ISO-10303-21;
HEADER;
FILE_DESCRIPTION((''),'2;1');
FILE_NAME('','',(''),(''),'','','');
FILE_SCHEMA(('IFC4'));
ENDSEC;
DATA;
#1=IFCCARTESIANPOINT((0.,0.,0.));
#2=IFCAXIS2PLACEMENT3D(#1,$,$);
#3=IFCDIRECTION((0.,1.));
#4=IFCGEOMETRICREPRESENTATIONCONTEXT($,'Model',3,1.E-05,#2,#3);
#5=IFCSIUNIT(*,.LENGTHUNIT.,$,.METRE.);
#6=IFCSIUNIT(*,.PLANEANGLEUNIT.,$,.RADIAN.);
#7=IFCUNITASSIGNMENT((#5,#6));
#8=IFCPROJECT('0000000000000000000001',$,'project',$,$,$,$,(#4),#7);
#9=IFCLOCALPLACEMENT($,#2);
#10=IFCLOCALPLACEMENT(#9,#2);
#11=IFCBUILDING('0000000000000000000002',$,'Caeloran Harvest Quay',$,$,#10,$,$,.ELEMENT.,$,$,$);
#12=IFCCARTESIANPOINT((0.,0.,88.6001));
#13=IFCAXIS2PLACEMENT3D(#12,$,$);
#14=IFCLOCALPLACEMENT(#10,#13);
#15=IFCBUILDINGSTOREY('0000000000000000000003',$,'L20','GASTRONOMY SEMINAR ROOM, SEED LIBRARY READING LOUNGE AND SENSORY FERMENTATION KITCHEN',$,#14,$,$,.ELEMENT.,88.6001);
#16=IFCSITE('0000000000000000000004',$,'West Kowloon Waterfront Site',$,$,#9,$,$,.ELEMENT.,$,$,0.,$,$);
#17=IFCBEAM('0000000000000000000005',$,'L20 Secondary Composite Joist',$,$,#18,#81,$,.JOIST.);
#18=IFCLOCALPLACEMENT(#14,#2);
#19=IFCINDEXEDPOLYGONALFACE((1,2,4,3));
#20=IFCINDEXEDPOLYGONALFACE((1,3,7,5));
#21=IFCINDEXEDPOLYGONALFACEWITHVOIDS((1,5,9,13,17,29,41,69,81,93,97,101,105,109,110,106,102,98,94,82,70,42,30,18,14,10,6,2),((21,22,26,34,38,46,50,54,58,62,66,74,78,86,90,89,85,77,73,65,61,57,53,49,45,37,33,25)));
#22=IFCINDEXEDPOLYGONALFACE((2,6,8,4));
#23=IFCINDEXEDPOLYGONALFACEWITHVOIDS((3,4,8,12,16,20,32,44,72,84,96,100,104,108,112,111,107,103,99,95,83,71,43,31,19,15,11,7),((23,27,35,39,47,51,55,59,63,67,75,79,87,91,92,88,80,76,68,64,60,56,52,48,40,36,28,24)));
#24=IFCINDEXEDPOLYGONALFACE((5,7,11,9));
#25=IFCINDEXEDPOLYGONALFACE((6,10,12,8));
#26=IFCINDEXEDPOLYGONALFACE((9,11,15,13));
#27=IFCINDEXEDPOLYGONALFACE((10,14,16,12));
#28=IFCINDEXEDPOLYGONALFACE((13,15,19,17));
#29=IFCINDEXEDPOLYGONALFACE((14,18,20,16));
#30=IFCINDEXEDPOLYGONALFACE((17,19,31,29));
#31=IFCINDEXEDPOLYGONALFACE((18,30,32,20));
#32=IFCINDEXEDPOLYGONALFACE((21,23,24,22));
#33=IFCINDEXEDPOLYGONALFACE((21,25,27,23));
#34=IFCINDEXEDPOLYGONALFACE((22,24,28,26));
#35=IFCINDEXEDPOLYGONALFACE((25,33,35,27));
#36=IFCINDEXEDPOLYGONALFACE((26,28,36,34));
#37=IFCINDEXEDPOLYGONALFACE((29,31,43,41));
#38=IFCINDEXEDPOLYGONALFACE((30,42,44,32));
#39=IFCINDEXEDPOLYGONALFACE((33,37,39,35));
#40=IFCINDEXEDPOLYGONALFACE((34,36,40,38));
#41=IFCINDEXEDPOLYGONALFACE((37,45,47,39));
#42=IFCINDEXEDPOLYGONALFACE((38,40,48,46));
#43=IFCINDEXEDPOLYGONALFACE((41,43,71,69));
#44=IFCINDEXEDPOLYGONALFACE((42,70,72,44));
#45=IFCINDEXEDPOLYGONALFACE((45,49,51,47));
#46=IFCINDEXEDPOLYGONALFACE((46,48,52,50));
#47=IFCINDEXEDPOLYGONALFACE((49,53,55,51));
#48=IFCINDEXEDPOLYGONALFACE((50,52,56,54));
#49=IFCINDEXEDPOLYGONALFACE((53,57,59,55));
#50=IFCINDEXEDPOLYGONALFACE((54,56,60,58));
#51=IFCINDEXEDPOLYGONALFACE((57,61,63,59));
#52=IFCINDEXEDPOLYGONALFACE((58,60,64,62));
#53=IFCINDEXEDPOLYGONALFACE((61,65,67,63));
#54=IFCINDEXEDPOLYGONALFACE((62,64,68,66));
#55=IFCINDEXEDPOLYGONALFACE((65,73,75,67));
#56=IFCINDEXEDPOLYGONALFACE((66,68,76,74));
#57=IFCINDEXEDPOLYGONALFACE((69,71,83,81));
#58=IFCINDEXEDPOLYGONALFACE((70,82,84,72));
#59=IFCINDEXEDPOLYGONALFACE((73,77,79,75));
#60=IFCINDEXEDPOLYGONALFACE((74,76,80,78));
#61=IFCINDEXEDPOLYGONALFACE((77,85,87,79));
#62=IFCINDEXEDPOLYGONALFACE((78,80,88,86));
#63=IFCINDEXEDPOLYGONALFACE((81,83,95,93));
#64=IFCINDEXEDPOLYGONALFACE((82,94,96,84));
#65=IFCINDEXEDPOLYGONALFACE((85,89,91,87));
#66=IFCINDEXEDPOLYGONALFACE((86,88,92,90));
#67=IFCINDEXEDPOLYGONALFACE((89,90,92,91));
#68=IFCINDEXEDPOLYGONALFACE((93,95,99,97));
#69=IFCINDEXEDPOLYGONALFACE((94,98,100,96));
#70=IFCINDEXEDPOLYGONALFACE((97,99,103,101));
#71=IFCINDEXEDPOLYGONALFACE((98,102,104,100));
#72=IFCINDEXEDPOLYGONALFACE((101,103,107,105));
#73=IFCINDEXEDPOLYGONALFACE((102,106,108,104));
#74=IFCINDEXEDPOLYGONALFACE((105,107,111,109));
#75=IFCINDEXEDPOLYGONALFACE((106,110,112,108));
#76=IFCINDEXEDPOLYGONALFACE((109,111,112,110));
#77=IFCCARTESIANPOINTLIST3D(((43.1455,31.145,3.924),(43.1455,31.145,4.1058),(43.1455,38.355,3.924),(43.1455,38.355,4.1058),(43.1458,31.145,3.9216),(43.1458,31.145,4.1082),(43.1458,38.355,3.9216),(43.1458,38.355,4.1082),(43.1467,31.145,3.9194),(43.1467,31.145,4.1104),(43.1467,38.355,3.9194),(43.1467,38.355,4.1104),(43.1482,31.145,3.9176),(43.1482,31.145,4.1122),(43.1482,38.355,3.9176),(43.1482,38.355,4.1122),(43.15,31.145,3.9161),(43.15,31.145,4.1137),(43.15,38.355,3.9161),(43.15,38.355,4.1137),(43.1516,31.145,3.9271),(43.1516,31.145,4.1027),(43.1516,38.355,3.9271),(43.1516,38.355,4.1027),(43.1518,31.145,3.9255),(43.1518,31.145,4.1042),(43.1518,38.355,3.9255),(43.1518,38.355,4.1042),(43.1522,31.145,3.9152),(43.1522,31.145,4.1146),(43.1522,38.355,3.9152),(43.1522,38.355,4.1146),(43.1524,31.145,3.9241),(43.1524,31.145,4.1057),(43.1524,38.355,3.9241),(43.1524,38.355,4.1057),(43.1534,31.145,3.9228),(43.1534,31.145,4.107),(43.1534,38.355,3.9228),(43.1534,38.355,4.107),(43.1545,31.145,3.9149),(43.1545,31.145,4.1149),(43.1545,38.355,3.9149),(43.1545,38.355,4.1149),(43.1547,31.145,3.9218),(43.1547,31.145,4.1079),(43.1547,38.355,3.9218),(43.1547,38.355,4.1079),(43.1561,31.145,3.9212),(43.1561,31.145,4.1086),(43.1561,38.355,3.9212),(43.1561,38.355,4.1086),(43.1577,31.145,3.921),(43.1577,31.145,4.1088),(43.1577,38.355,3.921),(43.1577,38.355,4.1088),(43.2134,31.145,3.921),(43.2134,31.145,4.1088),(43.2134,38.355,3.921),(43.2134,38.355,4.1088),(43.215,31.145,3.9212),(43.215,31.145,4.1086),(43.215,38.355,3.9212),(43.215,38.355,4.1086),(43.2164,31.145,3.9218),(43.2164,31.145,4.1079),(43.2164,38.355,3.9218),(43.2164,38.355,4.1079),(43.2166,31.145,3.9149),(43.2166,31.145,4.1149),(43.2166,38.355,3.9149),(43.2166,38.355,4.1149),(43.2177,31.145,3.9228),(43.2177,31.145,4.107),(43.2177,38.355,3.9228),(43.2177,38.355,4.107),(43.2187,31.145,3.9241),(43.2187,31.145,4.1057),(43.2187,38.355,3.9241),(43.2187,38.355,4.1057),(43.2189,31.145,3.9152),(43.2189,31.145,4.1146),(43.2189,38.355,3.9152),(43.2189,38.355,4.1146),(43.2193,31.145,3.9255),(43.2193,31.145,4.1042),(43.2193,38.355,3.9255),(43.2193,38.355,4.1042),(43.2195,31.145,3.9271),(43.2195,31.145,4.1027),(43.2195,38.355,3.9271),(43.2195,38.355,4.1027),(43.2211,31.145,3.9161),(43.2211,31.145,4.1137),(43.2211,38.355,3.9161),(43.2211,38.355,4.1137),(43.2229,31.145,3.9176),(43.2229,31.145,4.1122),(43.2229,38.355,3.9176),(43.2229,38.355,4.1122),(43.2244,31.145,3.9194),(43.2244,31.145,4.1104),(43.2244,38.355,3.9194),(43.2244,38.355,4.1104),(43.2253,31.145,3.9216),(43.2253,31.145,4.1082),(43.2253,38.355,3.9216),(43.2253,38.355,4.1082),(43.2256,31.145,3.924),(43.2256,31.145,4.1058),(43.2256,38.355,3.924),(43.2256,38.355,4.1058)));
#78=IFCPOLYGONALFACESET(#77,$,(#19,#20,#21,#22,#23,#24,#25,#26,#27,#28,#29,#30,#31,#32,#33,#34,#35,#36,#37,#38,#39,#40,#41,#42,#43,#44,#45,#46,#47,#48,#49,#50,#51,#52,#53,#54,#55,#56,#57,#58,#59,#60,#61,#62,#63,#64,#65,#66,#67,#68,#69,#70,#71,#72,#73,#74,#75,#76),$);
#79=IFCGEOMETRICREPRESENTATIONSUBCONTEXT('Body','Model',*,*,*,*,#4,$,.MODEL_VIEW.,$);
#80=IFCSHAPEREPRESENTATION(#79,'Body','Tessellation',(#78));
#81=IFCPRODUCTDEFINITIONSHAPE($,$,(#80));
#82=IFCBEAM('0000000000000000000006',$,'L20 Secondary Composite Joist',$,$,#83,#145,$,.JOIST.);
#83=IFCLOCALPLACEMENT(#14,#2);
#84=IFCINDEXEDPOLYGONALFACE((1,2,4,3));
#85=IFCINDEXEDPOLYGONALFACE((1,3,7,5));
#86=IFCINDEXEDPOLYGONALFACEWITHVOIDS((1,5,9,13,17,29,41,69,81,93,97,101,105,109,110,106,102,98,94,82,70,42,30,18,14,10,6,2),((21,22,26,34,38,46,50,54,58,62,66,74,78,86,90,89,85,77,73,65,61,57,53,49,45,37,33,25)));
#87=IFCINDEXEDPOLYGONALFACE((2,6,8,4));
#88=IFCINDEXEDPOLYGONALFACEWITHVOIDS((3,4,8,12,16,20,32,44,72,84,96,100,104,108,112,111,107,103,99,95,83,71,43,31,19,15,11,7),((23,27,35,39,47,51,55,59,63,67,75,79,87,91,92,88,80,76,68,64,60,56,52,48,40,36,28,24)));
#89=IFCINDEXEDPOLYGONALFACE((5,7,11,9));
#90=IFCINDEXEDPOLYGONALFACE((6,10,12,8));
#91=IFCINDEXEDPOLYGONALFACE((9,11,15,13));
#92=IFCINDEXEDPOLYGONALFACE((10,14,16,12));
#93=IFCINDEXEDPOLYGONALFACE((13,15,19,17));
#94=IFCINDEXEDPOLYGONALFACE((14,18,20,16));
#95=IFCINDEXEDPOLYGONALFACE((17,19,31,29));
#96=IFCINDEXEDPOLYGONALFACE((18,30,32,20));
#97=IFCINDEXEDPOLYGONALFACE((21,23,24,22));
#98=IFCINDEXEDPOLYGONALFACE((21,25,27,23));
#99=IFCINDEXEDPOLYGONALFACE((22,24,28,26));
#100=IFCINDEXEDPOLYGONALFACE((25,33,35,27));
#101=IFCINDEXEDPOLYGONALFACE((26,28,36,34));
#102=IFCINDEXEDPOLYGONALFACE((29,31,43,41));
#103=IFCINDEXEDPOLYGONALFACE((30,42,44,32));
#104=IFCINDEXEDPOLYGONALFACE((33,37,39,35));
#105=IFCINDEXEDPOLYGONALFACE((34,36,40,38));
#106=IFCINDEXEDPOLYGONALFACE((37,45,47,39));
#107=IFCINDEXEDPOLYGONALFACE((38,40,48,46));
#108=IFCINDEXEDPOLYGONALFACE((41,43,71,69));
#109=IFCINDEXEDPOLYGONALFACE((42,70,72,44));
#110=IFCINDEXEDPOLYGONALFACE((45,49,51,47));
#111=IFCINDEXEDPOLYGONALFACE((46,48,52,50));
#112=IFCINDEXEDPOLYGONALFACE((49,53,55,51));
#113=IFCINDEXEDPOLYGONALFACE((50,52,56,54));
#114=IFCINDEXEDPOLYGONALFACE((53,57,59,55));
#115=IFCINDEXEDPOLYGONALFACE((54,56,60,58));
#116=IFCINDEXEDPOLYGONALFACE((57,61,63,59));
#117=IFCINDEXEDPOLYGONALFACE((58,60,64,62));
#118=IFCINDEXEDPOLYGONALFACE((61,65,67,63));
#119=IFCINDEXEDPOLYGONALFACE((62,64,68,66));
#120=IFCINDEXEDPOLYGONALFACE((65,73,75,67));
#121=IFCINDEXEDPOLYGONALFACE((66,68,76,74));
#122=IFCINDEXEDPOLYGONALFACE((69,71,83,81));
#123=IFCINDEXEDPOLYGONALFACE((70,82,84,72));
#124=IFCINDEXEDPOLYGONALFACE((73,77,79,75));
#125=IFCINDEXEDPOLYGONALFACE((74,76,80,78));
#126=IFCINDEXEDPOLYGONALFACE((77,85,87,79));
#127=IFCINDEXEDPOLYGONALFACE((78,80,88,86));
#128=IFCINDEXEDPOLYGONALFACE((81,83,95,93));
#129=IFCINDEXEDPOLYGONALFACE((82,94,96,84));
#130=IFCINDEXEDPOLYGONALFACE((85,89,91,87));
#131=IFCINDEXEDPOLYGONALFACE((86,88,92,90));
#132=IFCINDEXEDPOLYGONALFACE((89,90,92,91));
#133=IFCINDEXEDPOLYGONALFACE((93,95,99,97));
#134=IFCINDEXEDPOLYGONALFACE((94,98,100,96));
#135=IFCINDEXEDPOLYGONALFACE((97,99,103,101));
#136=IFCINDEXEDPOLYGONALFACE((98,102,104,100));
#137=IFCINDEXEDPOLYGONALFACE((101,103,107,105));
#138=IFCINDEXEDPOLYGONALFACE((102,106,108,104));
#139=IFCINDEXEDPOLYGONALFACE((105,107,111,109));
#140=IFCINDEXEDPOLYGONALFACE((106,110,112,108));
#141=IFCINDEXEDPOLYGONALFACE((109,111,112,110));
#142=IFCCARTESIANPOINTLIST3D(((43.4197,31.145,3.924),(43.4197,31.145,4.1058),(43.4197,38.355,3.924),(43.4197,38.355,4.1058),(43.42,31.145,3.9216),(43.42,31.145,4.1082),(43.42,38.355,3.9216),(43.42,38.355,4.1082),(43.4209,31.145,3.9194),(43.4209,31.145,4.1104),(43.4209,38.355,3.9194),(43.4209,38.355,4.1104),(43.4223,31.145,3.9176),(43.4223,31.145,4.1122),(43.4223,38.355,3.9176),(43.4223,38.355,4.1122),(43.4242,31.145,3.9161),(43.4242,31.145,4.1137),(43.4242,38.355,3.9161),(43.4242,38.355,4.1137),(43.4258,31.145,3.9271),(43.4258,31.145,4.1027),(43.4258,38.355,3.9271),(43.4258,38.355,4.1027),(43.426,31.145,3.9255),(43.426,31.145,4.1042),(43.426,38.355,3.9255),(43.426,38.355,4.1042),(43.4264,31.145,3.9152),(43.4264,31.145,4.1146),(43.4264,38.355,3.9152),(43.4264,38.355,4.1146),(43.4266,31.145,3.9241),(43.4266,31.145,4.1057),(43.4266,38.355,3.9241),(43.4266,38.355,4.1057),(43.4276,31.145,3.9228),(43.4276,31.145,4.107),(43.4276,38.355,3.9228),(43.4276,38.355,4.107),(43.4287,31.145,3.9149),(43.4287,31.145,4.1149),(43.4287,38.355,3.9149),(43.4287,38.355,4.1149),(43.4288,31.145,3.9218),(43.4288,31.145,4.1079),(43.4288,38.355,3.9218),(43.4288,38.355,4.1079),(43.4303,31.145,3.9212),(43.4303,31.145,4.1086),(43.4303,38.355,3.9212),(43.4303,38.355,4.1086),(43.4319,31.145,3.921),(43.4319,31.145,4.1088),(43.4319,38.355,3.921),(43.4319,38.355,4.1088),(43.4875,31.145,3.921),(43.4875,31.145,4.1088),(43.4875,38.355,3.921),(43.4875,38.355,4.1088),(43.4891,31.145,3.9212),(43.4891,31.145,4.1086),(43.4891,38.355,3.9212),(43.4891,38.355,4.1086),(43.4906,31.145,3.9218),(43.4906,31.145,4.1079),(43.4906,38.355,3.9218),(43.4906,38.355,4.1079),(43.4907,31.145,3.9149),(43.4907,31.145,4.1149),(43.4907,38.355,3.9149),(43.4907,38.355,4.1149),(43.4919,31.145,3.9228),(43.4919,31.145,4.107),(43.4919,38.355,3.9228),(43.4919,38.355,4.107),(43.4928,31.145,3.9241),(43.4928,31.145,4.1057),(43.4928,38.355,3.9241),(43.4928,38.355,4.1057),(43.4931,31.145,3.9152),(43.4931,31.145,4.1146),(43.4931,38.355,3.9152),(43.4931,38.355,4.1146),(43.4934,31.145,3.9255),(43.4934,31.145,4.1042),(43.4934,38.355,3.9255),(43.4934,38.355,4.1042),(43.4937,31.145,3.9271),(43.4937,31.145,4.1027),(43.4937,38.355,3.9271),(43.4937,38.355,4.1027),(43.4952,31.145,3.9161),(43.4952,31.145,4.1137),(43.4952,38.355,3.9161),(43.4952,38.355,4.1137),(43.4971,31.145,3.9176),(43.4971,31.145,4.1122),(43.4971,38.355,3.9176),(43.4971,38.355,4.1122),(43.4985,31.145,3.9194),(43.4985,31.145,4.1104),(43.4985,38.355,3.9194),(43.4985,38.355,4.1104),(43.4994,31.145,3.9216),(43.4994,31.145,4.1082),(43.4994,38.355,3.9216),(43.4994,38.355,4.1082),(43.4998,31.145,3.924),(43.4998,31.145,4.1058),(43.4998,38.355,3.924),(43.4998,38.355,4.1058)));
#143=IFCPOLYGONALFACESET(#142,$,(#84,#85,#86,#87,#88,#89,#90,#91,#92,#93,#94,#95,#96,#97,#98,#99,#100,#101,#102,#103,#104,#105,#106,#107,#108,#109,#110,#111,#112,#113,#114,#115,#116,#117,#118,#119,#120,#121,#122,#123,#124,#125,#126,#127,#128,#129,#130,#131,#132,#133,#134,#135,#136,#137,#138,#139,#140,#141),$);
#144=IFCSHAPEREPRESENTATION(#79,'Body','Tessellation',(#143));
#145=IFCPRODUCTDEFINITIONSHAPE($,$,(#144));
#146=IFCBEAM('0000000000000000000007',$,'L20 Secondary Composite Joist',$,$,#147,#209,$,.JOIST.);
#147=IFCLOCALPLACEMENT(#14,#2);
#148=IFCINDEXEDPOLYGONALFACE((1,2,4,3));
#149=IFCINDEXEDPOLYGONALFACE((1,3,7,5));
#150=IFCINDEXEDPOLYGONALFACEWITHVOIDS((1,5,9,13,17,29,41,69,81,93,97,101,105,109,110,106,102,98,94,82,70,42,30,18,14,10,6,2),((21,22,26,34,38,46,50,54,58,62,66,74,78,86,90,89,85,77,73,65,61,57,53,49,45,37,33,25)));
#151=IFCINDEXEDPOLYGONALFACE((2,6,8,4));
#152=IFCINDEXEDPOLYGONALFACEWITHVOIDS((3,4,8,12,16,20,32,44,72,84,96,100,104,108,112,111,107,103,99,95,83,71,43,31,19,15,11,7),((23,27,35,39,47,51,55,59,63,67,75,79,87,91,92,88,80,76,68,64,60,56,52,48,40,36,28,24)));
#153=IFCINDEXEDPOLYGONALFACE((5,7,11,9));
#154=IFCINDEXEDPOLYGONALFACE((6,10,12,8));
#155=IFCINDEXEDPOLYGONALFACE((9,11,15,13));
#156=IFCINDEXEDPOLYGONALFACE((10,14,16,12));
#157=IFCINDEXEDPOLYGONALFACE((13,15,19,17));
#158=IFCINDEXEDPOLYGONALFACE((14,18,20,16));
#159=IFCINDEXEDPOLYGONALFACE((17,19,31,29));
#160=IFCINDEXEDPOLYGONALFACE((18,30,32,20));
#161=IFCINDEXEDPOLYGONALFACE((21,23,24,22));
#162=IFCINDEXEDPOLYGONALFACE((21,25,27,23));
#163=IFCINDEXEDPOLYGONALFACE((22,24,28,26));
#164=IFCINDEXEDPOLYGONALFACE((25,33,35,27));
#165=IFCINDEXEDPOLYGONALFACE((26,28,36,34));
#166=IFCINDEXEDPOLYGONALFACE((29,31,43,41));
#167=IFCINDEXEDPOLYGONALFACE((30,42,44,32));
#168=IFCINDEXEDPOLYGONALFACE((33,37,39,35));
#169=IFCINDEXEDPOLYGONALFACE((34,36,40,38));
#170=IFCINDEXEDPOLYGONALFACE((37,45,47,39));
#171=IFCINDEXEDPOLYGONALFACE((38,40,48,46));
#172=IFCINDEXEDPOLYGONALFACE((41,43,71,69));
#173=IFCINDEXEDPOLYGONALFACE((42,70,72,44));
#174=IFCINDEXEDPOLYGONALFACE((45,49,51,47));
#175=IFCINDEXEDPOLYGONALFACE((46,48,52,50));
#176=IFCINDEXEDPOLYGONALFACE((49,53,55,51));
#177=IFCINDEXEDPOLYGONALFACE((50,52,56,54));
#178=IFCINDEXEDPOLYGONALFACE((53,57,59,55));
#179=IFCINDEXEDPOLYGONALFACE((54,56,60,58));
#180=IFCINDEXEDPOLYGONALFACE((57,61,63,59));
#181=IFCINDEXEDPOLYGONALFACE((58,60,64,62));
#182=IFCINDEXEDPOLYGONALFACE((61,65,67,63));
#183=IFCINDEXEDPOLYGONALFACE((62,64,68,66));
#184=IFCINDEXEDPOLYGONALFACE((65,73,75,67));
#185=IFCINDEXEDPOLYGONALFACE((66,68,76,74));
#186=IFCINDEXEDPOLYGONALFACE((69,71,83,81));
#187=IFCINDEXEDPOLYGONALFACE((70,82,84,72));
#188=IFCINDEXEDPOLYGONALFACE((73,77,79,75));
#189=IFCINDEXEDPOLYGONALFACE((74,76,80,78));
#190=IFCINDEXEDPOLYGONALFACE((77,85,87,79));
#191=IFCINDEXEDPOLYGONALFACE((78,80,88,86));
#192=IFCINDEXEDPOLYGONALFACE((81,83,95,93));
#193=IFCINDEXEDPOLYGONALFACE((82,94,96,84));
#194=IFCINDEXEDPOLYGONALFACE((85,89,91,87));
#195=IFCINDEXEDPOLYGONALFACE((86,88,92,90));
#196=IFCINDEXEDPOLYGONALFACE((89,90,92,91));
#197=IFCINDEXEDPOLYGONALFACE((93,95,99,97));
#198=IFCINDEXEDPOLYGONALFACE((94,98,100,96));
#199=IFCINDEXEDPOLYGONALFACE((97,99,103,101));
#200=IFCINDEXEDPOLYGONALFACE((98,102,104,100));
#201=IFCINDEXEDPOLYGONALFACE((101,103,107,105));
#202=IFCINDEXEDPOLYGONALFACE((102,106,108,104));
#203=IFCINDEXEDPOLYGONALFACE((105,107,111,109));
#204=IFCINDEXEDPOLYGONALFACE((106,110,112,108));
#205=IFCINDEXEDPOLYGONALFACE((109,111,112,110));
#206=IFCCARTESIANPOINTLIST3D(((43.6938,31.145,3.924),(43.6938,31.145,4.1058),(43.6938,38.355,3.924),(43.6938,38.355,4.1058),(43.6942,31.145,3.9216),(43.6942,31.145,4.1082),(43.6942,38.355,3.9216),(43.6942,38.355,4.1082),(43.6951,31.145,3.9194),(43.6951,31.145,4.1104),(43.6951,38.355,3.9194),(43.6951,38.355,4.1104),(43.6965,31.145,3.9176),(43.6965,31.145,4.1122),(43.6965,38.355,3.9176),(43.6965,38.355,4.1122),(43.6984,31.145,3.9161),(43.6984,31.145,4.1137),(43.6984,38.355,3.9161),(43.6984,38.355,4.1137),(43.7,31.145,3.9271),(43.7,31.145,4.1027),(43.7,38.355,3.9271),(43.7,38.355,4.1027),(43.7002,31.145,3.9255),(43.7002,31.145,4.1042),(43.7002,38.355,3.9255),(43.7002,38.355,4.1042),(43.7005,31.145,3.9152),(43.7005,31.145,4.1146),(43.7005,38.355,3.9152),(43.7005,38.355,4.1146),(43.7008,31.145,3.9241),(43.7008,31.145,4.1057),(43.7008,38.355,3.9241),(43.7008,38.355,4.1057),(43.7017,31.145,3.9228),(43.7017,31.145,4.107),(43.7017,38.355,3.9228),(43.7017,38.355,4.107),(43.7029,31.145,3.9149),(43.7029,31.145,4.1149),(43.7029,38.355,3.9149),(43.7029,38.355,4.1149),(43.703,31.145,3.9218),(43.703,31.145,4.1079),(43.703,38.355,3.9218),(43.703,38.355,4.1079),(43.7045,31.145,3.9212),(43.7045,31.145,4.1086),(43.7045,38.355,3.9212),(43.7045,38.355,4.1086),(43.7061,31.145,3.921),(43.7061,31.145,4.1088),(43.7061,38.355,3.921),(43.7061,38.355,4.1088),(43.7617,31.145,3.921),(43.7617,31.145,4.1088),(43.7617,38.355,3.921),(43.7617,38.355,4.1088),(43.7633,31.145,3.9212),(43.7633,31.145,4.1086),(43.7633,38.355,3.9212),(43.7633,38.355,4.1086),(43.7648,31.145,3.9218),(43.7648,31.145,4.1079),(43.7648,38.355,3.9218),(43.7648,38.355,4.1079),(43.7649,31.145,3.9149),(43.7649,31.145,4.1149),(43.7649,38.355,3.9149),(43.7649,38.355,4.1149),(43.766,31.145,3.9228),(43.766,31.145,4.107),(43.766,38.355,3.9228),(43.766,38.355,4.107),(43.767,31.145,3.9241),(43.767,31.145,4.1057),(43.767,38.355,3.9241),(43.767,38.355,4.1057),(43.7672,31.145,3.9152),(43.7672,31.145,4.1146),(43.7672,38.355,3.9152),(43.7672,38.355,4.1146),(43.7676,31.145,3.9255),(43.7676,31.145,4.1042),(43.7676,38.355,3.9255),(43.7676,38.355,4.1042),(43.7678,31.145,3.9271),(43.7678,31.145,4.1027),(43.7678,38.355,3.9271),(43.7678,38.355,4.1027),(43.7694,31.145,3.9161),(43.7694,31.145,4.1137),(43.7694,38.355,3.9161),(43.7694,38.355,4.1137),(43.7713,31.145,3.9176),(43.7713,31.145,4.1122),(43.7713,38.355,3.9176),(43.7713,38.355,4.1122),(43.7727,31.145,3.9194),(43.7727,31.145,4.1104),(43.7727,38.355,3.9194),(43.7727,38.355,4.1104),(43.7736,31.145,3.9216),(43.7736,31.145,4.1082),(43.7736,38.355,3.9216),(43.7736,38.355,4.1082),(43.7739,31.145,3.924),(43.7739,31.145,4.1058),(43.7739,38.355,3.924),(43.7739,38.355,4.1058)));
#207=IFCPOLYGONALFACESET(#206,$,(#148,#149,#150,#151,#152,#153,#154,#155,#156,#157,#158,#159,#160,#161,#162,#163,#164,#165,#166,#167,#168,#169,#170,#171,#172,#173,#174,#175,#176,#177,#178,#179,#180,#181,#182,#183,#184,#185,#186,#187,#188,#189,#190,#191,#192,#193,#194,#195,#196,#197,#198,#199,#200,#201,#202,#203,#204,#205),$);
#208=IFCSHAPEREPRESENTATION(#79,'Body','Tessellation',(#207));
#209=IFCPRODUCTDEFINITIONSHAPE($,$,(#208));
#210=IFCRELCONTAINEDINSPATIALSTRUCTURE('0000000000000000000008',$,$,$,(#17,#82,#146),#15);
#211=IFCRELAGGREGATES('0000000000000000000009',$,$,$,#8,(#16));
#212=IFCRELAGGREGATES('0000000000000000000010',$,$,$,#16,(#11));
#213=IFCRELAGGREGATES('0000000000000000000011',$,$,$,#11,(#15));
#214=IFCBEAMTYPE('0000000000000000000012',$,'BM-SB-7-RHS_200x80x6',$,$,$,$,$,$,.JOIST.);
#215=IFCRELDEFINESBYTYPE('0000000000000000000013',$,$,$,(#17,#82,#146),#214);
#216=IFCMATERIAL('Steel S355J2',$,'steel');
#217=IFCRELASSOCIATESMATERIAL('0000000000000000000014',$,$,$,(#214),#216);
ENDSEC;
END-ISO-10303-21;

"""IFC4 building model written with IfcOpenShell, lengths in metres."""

from ifc_helpers import new_model, si_unit, direction, frame, origin, origin_2d, place, context, subcontext, project, spatial, hollow_rectangle, extrude, material, material_profile, profile_set, type_object, element, save


model = new_model("IFC4")

# Units and contexts
model_context = context("Model", 3, precision=1e-05, world=origin(), true_north=direction((0.0, 1.0)))
body_context = subcontext(model_context, "Body", "Model", "MODEL_VIEW")
ifc_project = project(units=[si_unit("LENGTHUNIT", "METRE"), si_unit("PLANEANGLEUNIT", "RADIAN")], contexts=[model_context])

# Site, building, storey
site_placement = place(None, origin())
site = spatial("IfcSite", under=ifc_project, at=site_placement, Name="West Kowloon Waterfront Site", CompositionType="ELEMENT", RefElevation=0.0)
building_placement = place(site_placement, origin())
building = spatial("IfcBuilding", under=site, at=building_placement, Name="Caeloran Harvest Quay", CompositionType="ELEMENT")
storey_placement = place(building_placement, frame((0.0, 0.0, 88.6001)))
storey = spatial("IfcBuildingStorey", under=building, at=storey_placement, Name="L20", Description="GASTRONOMY SEMINAR ROOM, SEED LIBRARY READING LOUNGE AND SENSORY FERMENTATION KITCHEN", CompositionType="ELEMENT", Elevation=88.6001)

# Beams
ifc_material_1 = material(Name="Steel S355J2", Category="steel")
ifc_material_profile_1 = material_profile(ifc_material_1, hollow_rectangle(XDim=0.0801, YDim=0.2, WallThickness=0.0061, InnerFilletRadius=0.0061, OuterFilletRadius=0.009, at=origin_2d()), Name="RHS 200x80x6")
ifc_profile_set_1 = profile_set([ifc_material_profile_1], Name="Steel S355J2")
beam_type_1 = type_object("IfcBeamType", Name="BM-SB-7-RHS_200x80x6", PredefinedType="JOIST", material=ifc_profile_set_1)
for number, where, z_axis, x_axis, name in (
    (1, (43.1855, 31.145, 4.0149), (0.0, 1.0, 0.0), (-1.0, 0.0, 0.0), "L20 Secondary Composite Joist"),
    (2, (43.4597, 31.145, 4.0149), (0.0, 1.0, 0.0), (-1.0, 0.0, 0.0), "L20 Secondary Composite Joist"),
    (3, (43.7339, 31.145, 4.0149), (0.0, 1.0, 0.0), (-1.0, 0.0, 0.0), "L20 Secondary Composite Joist"),
):
    element("IfcBeam", number, at=place(storey_placement, frame(where, z_axis=z_axis, x_axis=x_axis)), inside=storey, type_object=beam_type_1, Name=name, PredefinedType="JOIST", context=body_context, shape_type="SweptSolid", body=[
        extrude(hollow_rectangle(XDim=0.0801, YDim=0.2, WallThickness=0.0061, InnerFilletRadius=0.0061, OuterFilletRadius=0.009, at=origin_2d()), origin(), (0.0, 0.0, 1.0), 7.21),
    ])

save(model, "model.ifc")
